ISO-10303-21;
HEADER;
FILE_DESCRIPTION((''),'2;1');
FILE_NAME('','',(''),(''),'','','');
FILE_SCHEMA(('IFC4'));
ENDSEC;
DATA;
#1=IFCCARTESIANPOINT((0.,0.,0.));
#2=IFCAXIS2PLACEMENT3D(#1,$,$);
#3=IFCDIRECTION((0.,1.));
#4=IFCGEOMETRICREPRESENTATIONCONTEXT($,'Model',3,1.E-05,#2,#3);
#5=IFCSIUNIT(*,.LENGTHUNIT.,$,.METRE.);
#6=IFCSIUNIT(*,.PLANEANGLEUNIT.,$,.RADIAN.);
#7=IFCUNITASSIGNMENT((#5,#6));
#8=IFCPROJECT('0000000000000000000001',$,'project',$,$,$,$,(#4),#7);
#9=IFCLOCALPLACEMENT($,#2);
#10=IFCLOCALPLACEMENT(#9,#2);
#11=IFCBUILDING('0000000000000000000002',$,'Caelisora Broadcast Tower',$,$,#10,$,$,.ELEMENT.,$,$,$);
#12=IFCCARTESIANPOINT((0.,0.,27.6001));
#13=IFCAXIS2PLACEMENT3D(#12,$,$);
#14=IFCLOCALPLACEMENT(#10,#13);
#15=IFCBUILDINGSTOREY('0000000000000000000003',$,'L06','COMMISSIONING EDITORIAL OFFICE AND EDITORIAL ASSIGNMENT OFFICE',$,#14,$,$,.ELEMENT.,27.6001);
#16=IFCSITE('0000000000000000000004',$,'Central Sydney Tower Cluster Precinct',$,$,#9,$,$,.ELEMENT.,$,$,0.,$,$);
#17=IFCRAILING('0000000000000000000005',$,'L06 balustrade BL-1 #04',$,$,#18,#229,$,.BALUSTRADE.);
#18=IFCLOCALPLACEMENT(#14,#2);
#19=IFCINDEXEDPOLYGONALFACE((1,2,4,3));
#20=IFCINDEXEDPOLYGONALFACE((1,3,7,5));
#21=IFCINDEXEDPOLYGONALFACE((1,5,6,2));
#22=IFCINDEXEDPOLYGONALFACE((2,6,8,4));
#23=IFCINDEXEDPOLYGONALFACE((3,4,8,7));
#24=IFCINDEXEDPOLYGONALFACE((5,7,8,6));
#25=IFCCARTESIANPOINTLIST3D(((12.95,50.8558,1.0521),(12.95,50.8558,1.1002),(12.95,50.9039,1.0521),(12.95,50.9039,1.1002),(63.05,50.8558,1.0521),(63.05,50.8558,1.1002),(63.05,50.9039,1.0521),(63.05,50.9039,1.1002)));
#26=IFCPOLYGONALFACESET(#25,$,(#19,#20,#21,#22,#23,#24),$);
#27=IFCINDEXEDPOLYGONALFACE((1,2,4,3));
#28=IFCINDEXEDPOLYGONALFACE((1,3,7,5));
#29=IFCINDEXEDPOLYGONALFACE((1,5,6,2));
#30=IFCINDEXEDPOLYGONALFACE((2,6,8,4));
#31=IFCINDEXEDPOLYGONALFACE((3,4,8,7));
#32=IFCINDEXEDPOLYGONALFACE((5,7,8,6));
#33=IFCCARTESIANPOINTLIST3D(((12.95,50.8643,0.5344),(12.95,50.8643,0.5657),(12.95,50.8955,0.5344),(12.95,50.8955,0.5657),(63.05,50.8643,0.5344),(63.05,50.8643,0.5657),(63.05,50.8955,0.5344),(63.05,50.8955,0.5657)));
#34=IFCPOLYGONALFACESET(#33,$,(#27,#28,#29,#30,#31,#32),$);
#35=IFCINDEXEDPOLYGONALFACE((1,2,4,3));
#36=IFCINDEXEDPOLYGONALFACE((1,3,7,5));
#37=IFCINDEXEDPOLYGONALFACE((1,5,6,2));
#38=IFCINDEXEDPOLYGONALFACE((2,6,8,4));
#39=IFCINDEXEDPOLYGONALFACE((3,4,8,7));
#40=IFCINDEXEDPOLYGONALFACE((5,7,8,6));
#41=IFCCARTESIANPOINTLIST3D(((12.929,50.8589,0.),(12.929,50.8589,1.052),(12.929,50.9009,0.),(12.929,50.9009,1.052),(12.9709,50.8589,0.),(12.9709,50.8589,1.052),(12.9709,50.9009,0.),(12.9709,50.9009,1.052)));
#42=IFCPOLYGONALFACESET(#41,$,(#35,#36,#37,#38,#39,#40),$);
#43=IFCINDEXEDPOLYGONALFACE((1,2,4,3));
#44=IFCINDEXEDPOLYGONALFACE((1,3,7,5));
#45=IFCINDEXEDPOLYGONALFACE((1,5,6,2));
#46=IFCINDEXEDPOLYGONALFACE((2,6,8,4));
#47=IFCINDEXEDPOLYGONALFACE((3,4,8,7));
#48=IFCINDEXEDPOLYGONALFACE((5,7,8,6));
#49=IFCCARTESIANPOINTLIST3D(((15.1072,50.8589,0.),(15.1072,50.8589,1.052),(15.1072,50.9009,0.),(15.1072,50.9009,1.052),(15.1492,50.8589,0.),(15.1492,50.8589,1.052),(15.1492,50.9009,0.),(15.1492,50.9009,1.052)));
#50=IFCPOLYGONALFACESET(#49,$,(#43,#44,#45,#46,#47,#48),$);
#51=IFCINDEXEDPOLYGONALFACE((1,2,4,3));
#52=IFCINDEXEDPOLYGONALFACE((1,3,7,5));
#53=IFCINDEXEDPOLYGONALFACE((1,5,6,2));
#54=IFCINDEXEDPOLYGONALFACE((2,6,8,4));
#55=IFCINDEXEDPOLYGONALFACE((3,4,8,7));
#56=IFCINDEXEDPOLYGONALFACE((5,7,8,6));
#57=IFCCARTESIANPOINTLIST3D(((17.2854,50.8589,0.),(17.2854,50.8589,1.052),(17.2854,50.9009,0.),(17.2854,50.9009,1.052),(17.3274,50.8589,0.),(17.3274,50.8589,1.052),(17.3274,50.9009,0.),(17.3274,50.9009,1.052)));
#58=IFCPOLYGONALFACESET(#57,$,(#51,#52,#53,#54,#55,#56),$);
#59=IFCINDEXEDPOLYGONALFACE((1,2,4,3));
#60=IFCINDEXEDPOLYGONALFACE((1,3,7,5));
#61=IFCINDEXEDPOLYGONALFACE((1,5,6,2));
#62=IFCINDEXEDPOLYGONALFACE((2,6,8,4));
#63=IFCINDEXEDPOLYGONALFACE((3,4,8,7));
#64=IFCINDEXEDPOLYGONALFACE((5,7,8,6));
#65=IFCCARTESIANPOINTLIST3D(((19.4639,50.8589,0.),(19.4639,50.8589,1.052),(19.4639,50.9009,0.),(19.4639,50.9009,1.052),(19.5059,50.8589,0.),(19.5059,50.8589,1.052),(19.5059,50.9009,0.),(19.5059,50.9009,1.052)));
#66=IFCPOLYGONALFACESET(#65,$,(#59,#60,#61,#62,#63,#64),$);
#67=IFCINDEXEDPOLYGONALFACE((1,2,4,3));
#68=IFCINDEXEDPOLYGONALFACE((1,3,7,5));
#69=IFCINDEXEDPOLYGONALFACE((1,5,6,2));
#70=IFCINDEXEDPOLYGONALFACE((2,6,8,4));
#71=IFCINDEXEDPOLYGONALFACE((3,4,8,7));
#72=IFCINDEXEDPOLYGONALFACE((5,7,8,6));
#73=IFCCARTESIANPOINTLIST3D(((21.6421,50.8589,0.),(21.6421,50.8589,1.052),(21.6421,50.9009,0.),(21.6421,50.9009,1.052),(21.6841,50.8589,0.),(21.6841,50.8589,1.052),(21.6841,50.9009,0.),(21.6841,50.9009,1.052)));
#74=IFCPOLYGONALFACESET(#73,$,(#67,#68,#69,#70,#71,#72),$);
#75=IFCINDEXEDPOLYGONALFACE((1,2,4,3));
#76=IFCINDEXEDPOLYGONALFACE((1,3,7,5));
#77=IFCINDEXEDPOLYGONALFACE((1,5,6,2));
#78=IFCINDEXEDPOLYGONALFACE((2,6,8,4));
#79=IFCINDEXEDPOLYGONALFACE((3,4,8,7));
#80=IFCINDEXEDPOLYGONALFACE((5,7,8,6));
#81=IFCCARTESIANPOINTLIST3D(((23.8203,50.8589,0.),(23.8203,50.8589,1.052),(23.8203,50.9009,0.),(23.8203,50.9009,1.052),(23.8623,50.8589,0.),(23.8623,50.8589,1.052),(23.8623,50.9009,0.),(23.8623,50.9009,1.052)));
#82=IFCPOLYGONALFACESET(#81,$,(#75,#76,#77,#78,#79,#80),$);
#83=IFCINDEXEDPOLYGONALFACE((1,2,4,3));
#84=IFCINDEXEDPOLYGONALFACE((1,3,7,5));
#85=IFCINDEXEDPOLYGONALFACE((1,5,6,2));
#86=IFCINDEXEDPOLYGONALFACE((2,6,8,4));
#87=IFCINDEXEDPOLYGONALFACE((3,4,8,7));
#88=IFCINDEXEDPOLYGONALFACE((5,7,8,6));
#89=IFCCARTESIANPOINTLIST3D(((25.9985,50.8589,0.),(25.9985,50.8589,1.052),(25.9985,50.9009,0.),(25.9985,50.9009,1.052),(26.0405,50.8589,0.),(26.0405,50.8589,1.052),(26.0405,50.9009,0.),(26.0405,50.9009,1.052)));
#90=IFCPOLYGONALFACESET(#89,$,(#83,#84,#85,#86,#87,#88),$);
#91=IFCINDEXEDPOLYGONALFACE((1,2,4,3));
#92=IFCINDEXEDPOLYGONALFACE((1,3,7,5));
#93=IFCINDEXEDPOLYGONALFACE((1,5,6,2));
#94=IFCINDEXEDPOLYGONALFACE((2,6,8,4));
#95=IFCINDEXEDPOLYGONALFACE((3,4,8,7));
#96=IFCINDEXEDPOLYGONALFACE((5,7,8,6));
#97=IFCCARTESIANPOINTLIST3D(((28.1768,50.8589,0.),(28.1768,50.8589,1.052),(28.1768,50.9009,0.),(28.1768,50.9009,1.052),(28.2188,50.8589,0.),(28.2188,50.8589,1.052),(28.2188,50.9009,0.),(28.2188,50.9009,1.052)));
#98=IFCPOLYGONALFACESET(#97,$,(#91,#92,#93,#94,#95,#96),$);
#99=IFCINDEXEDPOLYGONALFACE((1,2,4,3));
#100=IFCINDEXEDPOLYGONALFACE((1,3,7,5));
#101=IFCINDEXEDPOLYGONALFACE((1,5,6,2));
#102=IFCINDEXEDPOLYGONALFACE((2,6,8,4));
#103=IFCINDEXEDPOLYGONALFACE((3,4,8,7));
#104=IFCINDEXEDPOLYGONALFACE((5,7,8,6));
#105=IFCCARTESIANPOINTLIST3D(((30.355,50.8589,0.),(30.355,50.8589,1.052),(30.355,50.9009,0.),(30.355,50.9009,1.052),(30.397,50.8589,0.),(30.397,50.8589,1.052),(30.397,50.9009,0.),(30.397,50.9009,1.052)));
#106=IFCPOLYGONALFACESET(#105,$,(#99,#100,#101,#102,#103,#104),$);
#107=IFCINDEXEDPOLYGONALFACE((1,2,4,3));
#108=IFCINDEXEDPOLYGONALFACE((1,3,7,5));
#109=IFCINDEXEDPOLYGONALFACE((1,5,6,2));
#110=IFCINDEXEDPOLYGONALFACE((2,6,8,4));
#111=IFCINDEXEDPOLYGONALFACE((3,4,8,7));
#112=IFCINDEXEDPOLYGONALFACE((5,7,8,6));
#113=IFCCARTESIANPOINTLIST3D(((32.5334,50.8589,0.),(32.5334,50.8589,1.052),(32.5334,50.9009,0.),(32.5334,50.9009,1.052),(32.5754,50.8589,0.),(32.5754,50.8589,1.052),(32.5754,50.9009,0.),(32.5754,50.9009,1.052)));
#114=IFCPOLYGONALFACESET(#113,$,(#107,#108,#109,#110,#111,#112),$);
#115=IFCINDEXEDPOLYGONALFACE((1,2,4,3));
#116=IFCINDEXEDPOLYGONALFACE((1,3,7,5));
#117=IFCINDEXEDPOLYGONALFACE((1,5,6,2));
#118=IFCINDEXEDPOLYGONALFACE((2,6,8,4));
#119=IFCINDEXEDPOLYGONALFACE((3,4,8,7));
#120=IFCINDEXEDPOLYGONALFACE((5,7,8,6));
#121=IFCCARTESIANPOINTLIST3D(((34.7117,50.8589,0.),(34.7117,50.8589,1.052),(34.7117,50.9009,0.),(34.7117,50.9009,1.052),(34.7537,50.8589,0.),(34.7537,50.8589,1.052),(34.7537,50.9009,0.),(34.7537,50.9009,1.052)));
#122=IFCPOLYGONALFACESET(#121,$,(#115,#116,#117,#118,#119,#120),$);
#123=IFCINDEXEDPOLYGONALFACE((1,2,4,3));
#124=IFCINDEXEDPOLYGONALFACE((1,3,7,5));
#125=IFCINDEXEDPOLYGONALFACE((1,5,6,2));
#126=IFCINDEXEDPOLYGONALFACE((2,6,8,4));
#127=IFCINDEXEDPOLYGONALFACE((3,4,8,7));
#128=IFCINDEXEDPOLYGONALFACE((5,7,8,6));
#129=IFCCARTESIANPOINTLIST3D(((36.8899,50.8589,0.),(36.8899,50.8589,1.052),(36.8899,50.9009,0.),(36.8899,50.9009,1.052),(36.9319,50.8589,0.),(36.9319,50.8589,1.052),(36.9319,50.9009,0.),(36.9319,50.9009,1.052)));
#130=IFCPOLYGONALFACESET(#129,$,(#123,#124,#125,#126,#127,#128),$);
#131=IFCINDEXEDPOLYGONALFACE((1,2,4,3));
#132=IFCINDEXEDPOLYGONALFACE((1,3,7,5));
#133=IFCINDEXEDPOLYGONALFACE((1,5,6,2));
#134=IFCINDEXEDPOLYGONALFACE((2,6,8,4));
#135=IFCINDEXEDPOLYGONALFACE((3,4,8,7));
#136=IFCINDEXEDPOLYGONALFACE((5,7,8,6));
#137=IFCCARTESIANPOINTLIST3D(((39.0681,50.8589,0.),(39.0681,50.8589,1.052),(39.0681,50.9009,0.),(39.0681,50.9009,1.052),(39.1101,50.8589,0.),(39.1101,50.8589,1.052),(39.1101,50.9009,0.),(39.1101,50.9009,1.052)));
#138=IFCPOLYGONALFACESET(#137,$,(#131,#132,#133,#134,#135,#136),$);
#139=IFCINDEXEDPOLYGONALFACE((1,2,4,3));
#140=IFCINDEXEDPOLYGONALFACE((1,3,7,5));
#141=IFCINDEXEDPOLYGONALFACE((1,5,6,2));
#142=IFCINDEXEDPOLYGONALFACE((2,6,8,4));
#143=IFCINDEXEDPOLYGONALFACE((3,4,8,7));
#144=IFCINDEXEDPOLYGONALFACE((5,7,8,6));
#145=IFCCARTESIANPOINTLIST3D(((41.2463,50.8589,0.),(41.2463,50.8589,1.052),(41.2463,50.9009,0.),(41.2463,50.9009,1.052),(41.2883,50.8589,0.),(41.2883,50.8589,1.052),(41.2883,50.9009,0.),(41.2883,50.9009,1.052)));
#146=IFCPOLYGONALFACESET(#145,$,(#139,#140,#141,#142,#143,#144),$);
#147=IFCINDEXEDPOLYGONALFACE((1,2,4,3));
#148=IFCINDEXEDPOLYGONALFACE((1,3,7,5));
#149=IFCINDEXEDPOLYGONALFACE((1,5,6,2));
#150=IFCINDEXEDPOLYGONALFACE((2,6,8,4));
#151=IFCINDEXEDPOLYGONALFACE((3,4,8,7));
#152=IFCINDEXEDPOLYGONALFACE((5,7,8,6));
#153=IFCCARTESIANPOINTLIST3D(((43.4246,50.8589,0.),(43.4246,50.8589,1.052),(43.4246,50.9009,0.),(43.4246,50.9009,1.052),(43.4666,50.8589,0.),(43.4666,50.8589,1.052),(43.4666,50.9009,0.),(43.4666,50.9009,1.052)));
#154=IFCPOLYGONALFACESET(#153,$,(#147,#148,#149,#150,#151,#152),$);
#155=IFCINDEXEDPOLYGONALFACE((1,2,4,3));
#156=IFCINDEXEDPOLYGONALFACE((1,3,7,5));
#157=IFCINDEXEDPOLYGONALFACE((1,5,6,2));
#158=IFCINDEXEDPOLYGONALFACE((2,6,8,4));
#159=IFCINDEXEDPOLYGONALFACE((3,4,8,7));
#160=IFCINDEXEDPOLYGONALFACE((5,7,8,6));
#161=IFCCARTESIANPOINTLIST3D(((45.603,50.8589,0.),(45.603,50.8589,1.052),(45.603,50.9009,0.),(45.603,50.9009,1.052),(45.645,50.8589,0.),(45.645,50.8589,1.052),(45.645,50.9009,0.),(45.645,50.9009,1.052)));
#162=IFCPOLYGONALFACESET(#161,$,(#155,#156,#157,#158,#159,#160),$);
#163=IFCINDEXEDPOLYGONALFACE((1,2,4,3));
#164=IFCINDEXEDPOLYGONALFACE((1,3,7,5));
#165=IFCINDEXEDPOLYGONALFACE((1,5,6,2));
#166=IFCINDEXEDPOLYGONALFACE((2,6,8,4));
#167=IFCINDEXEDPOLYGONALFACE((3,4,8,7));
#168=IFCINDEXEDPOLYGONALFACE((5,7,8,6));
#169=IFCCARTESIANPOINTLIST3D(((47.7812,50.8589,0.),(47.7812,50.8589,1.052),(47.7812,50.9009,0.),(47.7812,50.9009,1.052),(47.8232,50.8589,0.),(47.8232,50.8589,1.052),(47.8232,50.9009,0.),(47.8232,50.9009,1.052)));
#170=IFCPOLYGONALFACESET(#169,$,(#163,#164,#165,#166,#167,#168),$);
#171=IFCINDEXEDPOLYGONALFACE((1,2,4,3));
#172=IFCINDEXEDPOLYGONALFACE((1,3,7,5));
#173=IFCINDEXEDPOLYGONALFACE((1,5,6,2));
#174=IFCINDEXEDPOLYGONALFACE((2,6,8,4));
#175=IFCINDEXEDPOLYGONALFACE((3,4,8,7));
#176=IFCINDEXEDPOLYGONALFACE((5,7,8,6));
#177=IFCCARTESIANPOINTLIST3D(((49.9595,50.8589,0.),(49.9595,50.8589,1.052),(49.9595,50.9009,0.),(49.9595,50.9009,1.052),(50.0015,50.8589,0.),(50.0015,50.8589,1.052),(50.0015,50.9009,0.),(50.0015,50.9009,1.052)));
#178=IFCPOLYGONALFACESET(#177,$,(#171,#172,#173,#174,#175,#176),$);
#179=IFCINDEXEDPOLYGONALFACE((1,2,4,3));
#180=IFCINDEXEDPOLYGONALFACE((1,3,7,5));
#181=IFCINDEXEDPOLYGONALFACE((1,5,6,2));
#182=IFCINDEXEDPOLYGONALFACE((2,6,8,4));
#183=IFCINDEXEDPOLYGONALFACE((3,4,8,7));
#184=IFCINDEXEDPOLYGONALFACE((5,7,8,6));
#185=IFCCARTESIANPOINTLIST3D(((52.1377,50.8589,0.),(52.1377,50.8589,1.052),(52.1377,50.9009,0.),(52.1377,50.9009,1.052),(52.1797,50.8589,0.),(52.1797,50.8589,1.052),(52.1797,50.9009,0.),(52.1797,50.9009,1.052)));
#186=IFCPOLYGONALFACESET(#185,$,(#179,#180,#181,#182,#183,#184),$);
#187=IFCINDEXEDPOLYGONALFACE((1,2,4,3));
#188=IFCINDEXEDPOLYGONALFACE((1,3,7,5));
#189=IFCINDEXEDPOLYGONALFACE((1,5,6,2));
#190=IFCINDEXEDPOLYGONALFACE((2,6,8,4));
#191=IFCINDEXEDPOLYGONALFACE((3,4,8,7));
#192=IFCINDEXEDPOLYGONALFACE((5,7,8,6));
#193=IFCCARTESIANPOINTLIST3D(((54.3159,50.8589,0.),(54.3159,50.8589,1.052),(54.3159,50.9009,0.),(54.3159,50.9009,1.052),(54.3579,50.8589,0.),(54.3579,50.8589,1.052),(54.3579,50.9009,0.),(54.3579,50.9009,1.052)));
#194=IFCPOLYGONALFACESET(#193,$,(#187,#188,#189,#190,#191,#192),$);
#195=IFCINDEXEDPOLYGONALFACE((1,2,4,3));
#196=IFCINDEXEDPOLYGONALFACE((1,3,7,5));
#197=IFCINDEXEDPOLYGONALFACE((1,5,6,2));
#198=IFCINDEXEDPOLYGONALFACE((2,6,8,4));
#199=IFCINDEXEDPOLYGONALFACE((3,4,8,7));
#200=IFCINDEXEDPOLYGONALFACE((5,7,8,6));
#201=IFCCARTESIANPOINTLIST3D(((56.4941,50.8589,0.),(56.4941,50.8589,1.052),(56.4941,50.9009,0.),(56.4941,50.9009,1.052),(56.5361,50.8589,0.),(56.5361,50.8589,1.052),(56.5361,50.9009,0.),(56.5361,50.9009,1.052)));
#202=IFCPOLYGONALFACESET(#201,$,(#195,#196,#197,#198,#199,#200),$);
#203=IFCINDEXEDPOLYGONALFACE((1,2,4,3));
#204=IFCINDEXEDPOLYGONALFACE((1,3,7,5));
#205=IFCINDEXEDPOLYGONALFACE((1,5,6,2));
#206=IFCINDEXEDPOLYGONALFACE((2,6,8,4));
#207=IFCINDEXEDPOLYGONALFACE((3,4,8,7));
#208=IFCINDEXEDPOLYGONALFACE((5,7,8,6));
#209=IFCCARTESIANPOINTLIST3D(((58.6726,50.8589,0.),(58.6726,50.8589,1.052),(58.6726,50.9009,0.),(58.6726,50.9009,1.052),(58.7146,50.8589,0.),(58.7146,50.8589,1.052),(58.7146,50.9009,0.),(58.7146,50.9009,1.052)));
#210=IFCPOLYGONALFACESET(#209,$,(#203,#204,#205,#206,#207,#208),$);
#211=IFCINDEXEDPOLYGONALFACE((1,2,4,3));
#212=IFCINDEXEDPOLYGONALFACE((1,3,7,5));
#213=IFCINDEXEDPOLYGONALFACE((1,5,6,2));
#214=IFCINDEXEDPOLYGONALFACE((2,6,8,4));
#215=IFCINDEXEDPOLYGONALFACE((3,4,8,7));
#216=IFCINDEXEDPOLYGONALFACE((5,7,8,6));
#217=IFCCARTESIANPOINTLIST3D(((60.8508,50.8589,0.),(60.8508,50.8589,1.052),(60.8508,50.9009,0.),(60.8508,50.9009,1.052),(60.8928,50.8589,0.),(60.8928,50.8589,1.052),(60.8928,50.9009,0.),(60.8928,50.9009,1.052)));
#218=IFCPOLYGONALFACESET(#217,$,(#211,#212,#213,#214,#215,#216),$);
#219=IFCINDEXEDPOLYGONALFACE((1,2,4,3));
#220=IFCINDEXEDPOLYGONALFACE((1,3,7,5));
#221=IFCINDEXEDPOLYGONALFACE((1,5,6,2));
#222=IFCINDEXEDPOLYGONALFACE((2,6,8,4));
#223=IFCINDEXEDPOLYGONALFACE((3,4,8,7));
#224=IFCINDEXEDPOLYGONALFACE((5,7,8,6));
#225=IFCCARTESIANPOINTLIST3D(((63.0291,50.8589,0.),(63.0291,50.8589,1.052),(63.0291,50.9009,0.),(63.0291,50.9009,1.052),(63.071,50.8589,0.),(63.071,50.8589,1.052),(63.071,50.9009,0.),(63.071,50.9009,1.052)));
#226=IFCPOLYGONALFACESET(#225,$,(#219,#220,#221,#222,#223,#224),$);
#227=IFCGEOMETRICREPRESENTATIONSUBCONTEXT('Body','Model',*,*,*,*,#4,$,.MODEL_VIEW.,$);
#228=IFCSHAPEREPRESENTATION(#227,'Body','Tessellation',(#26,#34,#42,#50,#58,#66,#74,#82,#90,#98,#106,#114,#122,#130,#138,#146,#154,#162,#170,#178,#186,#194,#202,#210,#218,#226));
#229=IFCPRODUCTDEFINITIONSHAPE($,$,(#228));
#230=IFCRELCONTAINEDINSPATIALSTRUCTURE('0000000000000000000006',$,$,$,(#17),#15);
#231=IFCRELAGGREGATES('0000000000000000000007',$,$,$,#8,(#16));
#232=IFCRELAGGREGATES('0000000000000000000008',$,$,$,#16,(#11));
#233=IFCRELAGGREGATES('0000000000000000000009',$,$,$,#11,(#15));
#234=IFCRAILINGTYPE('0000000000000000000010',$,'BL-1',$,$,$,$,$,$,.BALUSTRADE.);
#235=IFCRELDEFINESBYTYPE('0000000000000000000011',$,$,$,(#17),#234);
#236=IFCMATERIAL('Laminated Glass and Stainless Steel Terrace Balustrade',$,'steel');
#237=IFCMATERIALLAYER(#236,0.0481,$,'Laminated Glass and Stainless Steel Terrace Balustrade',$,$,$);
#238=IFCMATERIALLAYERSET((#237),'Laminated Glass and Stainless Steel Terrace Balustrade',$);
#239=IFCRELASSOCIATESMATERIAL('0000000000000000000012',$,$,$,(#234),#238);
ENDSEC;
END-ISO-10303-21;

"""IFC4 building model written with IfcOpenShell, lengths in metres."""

from ifc_helpers import new_model, si_unit, direction, frame, origin, origin_2d, place, context, subcontext, project, spatial, rectangle, extrude, material, layer, layer_set, type_object, element, save


model = new_model("IFC4")

# Units and contexts
model_context = context("Model", 3, precision=1e-05, world=origin(), true_north=direction((0.0, 1.0)))
body_context = subcontext(model_context, "Body", "Model", "MODEL_VIEW")
ifc_project = project(units=[si_unit("LENGTHUNIT", "METRE"), si_unit("PLANEANGLEUNIT", "RADIAN")], contexts=[model_context])

# Site, building, storey
site_placement = place(None, origin())
site = spatial("IfcSite", under=ifc_project, at=site_placement, Name="Central Sydney Tower Cluster Precinct", CompositionType="ELEMENT", RefElevation=0.0)
building_placement = place(site_placement, origin())
building = spatial("IfcBuilding", under=site, at=building_placement, Name="Caelisora Broadcast Tower", CompositionType="ELEMENT")
storey_placement = place(building_placement, frame((0.0, 0.0, 27.6001)))
storey = spatial("IfcBuildingStorey", under=building, at=storey_placement, Name="L06", Description="COMMISSIONING EDITORIAL OFFICE AND EDITORIAL ASSIGNMENT OFFICE", CompositionType="ELEMENT", Elevation=27.6001)

# Railing
ifc_material_1 = material(Name="Laminated Glass and Stainless Steel Terrace Balustrade", Category="steel")
ifc_layer_1 = layer(ifc_material_1, 0.0481, Name="Laminated Glass and Stainless Steel Terrace Balustrade")
ifc_layer_set_1 = layer_set([ifc_layer_1], Name="Laminated Glass and Stainless Steel Terrace Balustrade")
railing_type = type_object("IfcRailingType", Name="BL-1", PredefinedType="BALUSTRADE", material=ifc_layer_set_1)
railing_1_placement = place(storey_placement, frame((12.95, 50.8799, 0.0)))
element("IfcRailing", 1, at=railing_1_placement, inside=storey, type_object=railing_type, Name="L06 balustrade BL-1 #04", PredefinedType="BALUSTRADE", context=body_context, shape_type="SweptSolid", body=[
    extrude(rectangle(XDim=0.0481, YDim=0.0481, at=origin_2d()), frame((0.0, 0.0, 1.0762), z_axis=(1.0, 0.0, 0.0), x_axis=(0.0, 1.0, 0.0)), (0.0, 0.0, 1.0), 50.1001),
    extrude(rectangle(XDim=0.0312, YDim=0.0312, at=origin_2d()), frame((0.0, 0.0, 0.55), z_axis=(1.0, 0.0, 0.0), x_axis=(0.0, 1.0, 0.0)), (0.0, 0.0, 1.0), 50.1001),
    extrude(rectangle(XDim=0.042, YDim=0.042, at=origin_2d()), origin(), (0.0, 0.0, 1.0), 1.052),
    extrude(rectangle(XDim=0.042, YDim=0.042, at=origin_2d()), frame((2.1782, 0.0, 0.0)), (0.0, 0.0, 1.0), 1.052),
    extrude(rectangle(XDim=0.042, YDim=0.042, at=origin_2d()), frame((4.3564, 0.0, 0.0)), (0.0, 0.0, 1.0), 1.052),
    extrude(rectangle(XDim=0.042, YDim=0.042, at=origin_2d()), frame((6.5349, 0.0, 0.0)), (0.0, 0.0, 1.0), 1.052),
    extrude(rectangle(XDim=0.042, YDim=0.042, at=origin_2d()), frame((8.7131, 0.0, 0.0)), (0.0, 0.0, 1.0), 1.052),
    extrude(rectangle(XDim=0.042, YDim=0.042, at=origin_2d()), frame((10.8914, 0.0, 0.0)), (0.0, 0.0, 1.0), 1.052),
    extrude(rectangle(XDim=0.042, YDim=0.042, at=origin_2d()), frame((13.0696, 0.0, 0.0)), (0.0, 0.0, 1.0), 1.052),
    extrude(rectangle(XDim=0.042, YDim=0.042, at=origin_2d()), frame((15.2478, 0.0, 0.0)), (0.0, 0.0, 1.0), 1.052),
    extrude(rectangle(XDim=0.042, YDim=0.042, at=origin_2d()), frame((17.426, 0.0, 0.0)), (0.0, 0.0, 1.0), 1.052),
    extrude(rectangle(XDim=0.042, YDim=0.042, at=origin_2d()), frame((19.6045, 0.0, 0.0)), (0.0, 0.0, 1.0), 1.052),
    extrude(rectangle(XDim=0.042, YDim=0.042, at=origin_2d()), frame((21.7827, 0.0, 0.0)), (0.0, 0.0, 1.0), 1.052),
    extrude(rectangle(XDim=0.042, YDim=0.042, at=origin_2d()), frame((23.9609, 0.0, 0.0)), (0.0, 0.0, 1.0), 1.052),
    extrude(rectangle(XDim=0.042, YDim=0.042, at=origin_2d()), frame((26.1392, 0.0, 0.0)), (0.0, 0.0, 1.0), 1.052),
    extrude(rectangle(XDim=0.042, YDim=0.042, at=origin_2d()), frame((28.3174, 0.0, 0.0)), (0.0, 0.0, 1.0), 1.052),
    extrude(rectangle(XDim=0.042, YDim=0.042, at=origin_2d()), frame((30.4956, 0.0, 0.0)), (0.0, 0.0, 1.0), 1.052),
    extrude(rectangle(XDim=0.042, YDim=0.042, at=origin_2d()), frame((32.6741, 0.0, 0.0)), (0.0, 0.0, 1.0), 1.052),
    extrude(rectangle(XDim=0.042, YDim=0.042, at=origin_2d()), frame((34.8523, 0.0, 0.0)), (0.0, 0.0, 1.0), 1.052),
    extrude(rectangle(XDim=0.042, YDim=0.042, at=origin_2d()), frame((37.0305, 0.0, 0.0)), (0.0, 0.0, 1.0), 1.052),
    extrude(rectangle(XDim=0.042, YDim=0.042, at=origin_2d()), frame((39.2087, 0.0, 0.0)), (0.0, 0.0, 1.0), 1.052),
    extrude(rectangle(XDim=0.042, YDim=0.042, at=origin_2d()), frame((41.387, 0.0, 0.0)), (0.0, 0.0, 1.0), 1.052),
    extrude(rectangle(XDim=0.042, YDim=0.042, at=origin_2d()), frame((43.5652, 0.0, 0.0)), (0.0, 0.0, 1.0), 1.052),
    extrude(rectangle(XDim=0.042, YDim=0.042, at=origin_2d()), frame((45.7437, 0.0, 0.0)), (0.0, 0.0, 1.0), 1.052),
    extrude(rectangle(XDim=0.042, YDim=0.042, at=origin_2d()), frame((47.9219, 0.0, 0.0)), (0.0, 0.0, 1.0), 1.052),
    extrude(rectangle(XDim=0.042, YDim=0.042, at=origin_2d()), frame((50.1001, 0.0, 0.0)), (0.0, 0.0, 1.0), 1.052),
])

save(model, "model.ifc")
